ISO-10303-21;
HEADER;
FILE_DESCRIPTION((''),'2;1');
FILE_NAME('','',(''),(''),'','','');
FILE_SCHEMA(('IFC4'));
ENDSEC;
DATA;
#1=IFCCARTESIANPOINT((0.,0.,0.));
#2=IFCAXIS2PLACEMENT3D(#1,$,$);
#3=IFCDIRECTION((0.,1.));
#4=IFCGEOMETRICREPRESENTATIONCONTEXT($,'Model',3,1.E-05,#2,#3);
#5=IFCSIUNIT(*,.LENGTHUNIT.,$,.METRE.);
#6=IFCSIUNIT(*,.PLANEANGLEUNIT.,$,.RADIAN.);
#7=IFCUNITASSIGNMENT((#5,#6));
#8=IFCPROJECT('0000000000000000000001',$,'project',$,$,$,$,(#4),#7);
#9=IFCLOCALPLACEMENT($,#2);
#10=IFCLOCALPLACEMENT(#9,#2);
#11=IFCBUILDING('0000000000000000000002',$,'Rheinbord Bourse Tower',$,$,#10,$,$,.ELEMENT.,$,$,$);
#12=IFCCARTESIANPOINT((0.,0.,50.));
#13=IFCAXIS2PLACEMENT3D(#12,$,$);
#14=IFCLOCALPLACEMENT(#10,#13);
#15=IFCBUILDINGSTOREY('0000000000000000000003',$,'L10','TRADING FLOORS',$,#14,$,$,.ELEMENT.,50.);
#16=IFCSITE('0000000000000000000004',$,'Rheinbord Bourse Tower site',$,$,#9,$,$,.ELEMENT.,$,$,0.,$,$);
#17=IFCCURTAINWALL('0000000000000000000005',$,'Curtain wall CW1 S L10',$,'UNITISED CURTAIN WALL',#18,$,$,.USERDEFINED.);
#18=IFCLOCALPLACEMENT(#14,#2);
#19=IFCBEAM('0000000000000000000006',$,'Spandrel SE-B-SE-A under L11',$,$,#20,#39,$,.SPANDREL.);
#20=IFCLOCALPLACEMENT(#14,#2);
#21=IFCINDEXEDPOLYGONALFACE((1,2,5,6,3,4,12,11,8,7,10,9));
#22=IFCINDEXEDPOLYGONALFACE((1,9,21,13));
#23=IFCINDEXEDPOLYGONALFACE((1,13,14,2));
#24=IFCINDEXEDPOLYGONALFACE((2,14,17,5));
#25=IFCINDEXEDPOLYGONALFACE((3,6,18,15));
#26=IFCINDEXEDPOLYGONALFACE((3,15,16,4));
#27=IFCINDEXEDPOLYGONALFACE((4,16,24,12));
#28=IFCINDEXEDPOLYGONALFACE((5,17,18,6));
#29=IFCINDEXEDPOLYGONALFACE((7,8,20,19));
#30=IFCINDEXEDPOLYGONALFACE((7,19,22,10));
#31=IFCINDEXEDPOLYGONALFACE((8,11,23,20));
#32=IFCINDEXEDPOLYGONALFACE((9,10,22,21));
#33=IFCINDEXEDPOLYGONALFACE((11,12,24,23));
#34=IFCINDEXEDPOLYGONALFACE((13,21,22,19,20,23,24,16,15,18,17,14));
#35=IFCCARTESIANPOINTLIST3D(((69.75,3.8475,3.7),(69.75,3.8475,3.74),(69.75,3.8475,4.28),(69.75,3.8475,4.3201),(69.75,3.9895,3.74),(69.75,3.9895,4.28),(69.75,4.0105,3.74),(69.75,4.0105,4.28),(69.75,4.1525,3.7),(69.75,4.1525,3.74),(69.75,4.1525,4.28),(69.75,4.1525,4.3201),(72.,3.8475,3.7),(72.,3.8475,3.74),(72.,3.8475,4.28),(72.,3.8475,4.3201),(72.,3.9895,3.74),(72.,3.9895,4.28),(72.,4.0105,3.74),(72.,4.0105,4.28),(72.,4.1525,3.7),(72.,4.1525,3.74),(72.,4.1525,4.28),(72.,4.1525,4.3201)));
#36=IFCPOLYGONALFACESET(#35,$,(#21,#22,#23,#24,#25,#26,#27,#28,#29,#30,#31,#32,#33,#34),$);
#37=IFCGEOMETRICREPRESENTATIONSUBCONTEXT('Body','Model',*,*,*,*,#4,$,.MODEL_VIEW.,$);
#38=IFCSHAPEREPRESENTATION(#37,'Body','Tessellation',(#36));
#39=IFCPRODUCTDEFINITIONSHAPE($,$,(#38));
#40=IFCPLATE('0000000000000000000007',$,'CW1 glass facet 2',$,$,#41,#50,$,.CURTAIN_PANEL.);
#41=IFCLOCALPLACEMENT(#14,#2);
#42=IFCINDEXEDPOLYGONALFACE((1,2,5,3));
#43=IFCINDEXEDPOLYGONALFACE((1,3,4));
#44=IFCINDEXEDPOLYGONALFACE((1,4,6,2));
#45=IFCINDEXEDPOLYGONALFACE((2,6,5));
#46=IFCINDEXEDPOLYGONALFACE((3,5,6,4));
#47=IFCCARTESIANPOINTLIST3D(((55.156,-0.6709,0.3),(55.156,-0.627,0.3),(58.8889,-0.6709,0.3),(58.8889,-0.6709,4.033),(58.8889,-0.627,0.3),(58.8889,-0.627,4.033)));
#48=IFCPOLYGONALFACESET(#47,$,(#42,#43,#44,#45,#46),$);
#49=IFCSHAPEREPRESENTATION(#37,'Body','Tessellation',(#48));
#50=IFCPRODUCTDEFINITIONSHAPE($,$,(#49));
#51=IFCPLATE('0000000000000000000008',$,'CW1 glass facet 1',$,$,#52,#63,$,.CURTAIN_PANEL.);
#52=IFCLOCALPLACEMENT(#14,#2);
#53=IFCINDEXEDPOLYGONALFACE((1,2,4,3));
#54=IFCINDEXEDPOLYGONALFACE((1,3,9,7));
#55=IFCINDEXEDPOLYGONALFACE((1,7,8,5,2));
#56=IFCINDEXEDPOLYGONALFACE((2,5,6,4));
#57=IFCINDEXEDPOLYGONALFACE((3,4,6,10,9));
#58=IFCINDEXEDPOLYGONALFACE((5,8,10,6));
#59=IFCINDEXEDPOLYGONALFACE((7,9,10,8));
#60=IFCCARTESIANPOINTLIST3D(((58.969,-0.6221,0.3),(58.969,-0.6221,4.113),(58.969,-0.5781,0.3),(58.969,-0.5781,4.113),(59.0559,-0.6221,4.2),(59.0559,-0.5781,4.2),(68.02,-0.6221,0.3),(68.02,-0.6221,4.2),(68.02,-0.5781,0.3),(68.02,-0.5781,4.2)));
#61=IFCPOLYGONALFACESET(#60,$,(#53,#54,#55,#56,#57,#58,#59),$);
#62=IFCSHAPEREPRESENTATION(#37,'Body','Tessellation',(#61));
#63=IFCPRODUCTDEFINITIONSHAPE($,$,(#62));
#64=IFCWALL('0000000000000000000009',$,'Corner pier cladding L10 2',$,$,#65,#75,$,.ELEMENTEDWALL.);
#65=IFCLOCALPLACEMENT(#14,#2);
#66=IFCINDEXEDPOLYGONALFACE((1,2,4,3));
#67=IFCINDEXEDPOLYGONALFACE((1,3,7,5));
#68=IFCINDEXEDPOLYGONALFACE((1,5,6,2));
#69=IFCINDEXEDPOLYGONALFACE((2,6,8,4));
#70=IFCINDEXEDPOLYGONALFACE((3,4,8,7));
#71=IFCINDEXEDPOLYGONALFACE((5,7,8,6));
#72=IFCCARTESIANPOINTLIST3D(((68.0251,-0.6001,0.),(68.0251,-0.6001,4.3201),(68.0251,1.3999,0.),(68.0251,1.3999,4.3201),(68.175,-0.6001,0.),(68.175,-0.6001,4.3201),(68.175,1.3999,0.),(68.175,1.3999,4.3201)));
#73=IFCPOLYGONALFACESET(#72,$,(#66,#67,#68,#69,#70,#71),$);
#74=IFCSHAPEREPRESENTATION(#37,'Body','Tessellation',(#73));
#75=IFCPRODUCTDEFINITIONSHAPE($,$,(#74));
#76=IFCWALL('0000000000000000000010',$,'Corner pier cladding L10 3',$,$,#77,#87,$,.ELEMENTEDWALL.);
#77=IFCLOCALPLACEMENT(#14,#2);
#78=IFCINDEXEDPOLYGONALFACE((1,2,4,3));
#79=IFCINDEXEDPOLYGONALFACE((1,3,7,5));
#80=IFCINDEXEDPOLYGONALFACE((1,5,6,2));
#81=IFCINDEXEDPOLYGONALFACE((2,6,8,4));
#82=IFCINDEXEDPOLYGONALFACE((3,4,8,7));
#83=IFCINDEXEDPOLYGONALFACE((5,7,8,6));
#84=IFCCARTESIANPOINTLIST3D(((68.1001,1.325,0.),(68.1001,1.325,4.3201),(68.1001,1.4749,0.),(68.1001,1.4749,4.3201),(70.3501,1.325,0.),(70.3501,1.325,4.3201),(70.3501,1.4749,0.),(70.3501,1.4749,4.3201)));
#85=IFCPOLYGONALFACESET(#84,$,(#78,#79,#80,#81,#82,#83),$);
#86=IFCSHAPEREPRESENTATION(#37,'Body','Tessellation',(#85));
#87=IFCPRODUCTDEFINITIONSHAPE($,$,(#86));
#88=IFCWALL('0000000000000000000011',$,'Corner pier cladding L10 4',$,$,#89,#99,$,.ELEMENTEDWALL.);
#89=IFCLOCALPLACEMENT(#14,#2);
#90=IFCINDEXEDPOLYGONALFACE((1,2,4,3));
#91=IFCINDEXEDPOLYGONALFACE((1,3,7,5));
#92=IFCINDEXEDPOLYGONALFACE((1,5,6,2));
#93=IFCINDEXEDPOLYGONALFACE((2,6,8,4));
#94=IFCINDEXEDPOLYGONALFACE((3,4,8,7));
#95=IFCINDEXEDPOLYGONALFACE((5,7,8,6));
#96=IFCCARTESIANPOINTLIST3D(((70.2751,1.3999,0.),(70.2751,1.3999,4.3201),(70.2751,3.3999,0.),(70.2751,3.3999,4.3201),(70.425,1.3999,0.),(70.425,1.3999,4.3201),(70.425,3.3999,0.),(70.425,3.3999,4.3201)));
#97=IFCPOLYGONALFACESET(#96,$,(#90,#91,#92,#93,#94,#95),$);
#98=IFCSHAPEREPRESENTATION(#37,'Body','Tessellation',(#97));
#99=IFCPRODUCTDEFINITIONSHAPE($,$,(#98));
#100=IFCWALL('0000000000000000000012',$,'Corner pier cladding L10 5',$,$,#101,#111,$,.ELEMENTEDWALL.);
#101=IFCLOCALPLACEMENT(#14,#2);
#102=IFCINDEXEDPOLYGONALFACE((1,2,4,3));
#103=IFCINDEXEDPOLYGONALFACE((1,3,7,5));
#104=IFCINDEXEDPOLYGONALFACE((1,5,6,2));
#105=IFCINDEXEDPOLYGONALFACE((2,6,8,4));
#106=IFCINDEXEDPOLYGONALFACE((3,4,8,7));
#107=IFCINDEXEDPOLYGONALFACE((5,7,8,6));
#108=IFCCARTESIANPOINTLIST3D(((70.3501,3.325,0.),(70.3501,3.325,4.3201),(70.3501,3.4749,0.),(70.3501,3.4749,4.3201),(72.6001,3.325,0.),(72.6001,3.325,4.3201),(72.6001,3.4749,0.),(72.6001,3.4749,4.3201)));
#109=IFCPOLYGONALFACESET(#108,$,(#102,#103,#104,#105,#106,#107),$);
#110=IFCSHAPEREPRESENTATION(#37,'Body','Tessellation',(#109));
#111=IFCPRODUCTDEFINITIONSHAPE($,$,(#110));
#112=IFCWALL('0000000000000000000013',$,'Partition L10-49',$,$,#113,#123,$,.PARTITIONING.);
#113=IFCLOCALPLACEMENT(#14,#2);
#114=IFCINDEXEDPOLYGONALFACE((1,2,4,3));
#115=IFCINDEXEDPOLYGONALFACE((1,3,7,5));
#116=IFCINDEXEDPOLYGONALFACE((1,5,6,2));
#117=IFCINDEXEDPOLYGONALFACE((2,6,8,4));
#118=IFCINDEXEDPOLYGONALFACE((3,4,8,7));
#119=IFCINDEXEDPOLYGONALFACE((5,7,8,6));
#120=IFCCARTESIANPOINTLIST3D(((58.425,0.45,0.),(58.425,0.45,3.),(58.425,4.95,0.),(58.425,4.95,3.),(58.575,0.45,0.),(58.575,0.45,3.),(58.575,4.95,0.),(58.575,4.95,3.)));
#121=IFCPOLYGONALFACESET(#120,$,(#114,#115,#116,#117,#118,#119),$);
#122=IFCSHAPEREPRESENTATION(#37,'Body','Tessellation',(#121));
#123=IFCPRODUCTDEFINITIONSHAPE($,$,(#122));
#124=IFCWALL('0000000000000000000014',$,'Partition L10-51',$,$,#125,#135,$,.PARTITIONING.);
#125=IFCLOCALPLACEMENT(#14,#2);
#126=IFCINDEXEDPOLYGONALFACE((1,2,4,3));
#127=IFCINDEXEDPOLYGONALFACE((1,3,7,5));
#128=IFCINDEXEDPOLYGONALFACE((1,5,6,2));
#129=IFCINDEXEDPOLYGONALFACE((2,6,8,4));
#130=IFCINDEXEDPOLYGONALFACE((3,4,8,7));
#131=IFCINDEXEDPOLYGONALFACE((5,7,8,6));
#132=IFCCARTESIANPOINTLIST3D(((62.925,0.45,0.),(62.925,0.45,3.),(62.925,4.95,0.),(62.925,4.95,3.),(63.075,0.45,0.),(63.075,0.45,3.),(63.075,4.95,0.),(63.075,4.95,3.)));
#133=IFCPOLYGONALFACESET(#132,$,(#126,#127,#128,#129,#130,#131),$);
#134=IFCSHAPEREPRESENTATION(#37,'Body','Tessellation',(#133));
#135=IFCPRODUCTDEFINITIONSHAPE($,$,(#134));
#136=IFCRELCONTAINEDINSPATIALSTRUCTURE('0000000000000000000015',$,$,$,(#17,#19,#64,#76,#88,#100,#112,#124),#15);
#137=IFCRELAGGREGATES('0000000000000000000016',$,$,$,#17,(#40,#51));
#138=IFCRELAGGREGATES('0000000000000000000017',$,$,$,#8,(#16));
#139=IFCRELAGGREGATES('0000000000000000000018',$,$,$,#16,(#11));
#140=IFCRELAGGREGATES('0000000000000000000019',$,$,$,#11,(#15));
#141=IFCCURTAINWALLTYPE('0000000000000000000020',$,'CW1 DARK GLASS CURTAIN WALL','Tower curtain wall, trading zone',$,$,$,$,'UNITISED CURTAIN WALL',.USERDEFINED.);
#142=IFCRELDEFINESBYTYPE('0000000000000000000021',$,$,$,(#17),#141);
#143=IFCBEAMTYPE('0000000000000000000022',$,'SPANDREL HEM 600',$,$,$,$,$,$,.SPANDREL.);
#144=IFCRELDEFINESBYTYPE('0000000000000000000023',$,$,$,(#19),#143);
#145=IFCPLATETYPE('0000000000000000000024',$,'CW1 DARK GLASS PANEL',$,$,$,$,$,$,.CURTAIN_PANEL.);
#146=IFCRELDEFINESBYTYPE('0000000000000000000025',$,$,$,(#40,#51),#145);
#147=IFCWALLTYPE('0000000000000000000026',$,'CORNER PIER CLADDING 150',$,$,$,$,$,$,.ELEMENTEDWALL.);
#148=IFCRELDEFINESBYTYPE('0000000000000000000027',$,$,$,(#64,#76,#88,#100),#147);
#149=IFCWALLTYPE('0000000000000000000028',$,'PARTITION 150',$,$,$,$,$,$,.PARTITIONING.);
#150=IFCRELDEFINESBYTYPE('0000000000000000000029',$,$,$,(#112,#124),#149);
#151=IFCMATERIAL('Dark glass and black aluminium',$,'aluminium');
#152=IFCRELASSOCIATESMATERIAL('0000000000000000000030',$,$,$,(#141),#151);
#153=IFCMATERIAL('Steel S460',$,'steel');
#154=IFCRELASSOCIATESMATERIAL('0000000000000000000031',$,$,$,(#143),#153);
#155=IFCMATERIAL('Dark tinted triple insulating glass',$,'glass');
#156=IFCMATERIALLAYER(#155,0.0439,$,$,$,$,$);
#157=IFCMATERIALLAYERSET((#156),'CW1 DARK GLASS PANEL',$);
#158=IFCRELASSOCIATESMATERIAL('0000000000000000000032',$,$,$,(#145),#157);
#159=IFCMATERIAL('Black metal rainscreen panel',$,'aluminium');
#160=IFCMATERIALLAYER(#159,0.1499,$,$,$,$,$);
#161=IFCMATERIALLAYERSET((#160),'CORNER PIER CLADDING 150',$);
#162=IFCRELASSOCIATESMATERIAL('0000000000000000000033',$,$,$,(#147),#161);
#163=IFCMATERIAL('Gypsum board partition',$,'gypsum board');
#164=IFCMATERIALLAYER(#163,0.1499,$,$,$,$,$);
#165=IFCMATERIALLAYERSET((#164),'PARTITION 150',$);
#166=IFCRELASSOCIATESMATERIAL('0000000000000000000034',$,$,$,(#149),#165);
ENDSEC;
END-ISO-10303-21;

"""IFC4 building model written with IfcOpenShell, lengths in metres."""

from ifc_helpers import new_model, si_unit, direction, frame, frame_2d, origin, origin_2d, place, context, subcontext, project, spatial, polyline, rectangle, i_section, outline, extrude, material, layer, layer_set, material_profile, profile_set, type_object, element, aggregate, save


model = new_model("IFC4")

# Units and contexts
model_context = context("Model", 3, precision=1e-05, world=origin(), true_north=direction((0.0, 1.0)))
body_context = subcontext(model_context, "Body", "Model", "MODEL_VIEW")
ifc_project = project(units=[si_unit("LENGTHUNIT", "METRE"), si_unit("PLANEANGLEUNIT", "RADIAN")], contexts=[model_context])

# Site, building, storey
site_placement = place(None, origin())
site = spatial("IfcSite", under=ifc_project, at=site_placement, Name="Rheinbord Bourse Tower site", CompositionType="ELEMENT", RefElevation=0.0)
building_placement = place(site_placement, origin())
building = spatial("IfcBuilding", under=site, at=building_placement, Name="Rheinbord Bourse Tower", CompositionType="ELEMENT")
storey_placement = place(building_placement, frame((0.0, 0.0, 50.0)))
storey = spatial("IfcBuildingStorey", under=building, at=storey_placement, Name="L10", Description="TRADING FLOORS", CompositionType="ELEMENT", Elevation=50.0)

# Curtain wall
ifc_material_1 = material(Name="Dark glass and black aluminium", Category="aluminium")
curtain_wall_type = type_object("IfcCurtainWallType", Name="CW1 DARK GLASS CURTAIN WALL", Description="Tower curtain wall, trading zone", ElementType="UNITISED CURTAIN WALL", PredefinedType="USERDEFINED", material=ifc_material_1)
curtain_wall_1_placement = place(storey_placement, origin())
curtain_wall_1 = element("IfcCurtainWall", 1, at=curtain_wall_1_placement, inside=storey, type_object=curtain_wall_type, Name="Curtain wall CW1 S L10", ObjectType="UNITISED CURTAIN WALL", PredefinedType="USERDEFINED")

# Beam
ifc_material_2 = material(Name="Steel S460", Category="steel")
ifc_material_profile_1 = material_profile(ifc_material_2, i_section(OverallWidth=0.3049, OverallDepth=0.6201, WebThickness=0.021, FlangeThickness=0.04, at=origin_2d()), Name="HEM 600")
ifc_profile_set_1 = profile_set([ifc_material_profile_1], Name="Steel S460")
beam_type_1 = type_object("IfcBeamType", Name="SPANDREL HEM 600", PredefinedType="SPANDREL", material=ifc_profile_set_1)
beam_1_placement = place(storey_placement, frame((69.75, 4.0, 4.01), z_axis=(1.0, 0.0, 0.0), x_axis=(0.0, 1.0, 0.0)))
element("IfcBeam", 2, at=beam_1_placement, inside=storey, type_object=beam_type_1, Name="Spandrel SE-B-SE-A under L11", PredefinedType="SPANDREL", context=body_context, shape_type="SweptSolid", body=[
    extrude(i_section(OverallWidth=0.3049, OverallDepth=0.6201, WebThickness=0.021, FlangeThickness=0.04, at=origin_2d()), origin(), (0.0, 0.0, 1.0), 2.25),
])

# Plates
ifc_material_3 = material(Name="Dark tinted triple insulating glass", Category="glass")
ifc_layer_1 = layer(ifc_material_3, 0.0439)
ifc_layer_set_1 = layer_set([ifc_layer_1], Name="CW1 DARK GLASS PANEL")
plate_type = type_object("IfcPlateType", Name="CW1 DARK GLASS PANEL", PredefinedType="CURTAIN_PANEL", material=ifc_layer_set_1)
plate_1_placement = place(storey_placement, frame((58.8889, -0.6709, 0.3), z_axis=(0.0, 1.0, 0.0), x_axis=(-1.0, 0.0, 0.0)))
plate_1 = element("IfcPlate", 3, at=plate_1_placement, type_object=plate_type, Name="CW1 glass facet 2", PredefinedType="CURTAIN_PANEL", context=body_context, shape_type="SweptSolid", body=[
    extrude(outline(polyline([(0.0, 0.0), (3.7329, 0.0), (0.0, 3.7329), (0.0, 0.0)])), origin(), (0.0, 0.0, 1.0), 0.0439),
])
plate_2_placement = place(storey_placement, frame((68.02, -0.6221, 4.2), z_axis=(0.0, 1.0, 0.0), x_axis=(0.0, 0.0, -1.0)))
plate_2 = element("IfcPlate", 4, at=plate_2_placement, type_object=plate_type, Name="CW1 glass facet 1", PredefinedType="CURTAIN_PANEL", context=body_context, shape_type="SweptSolid", body=[
    extrude(outline(polyline([(0.0, 0.0), (3.8999, 0.0), (3.8999, 9.051), (0.0869, 9.051), (0.0, 8.9641), (0.0, 0.0)])), origin(), (0.0, 0.0, 1.0), 0.0439),
])
aggregate(curtain_wall_1, [plate_1, plate_2])

# Walls
ifc_material_4 = material(Name="Black metal rainscreen panel", Category="aluminium")
ifc_layer_2 = layer(ifc_material_4, 0.1499)
ifc_layer_set_2 = layer_set([ifc_layer_2], Name="CORNER PIER CLADDING 150")
wall_type_1 = type_object("IfcWallType", Name="CORNER PIER CLADDING 150", PredefinedType="ELEMENTEDWALL", material=ifc_layer_set_2)
wall_1_placement = place(storey_placement, frame((68.1001, -0.6001, 0.0), z_axis=(0.0, 0.0, 1.0), x_axis=(0.0, 1.0, 0.0)))
element("IfcWall", 5, at=wall_1_placement, inside=storey, type_object=wall_type_1, Name="Corner pier cladding L10 2", PredefinedType="ELEMENTEDWALL", context=body_context, shape_type="SweptSolid", body=[
    extrude(rectangle(XDim=2.0, YDim=0.1499, at=frame_2d((1.0, 0.0))), origin(), (0.0, 0.0, 1.0), 4.3201),
])
wall_2_placement = place(storey_placement, frame((68.1001, 1.3999, 0.0), z_axis=(0.0, 0.0, 1.0), x_axis=(1.0, 0.0, 0.0)))
element("IfcWall", 6, at=wall_2_placement, inside=storey, type_object=wall_type_1, Name="Corner pier cladding L10 3", PredefinedType="ELEMENTEDWALL", context=body_context, shape_type="SweptSolid", body=[
    extrude(rectangle(XDim=2.25, YDim=0.1499, at=frame_2d((1.125, 0.0))), origin(), (0.0, 0.0, 1.0), 4.3201),
])
wall_3_placement = place(storey_placement, frame((70.3501, 1.3999, 0.0), z_axis=(0.0, 0.0, 1.0), x_axis=(0.0, 1.0, 0.0)))
element("IfcWall", 7, at=wall_3_placement, inside=storey, type_object=wall_type_1, Name="Corner pier cladding L10 4", PredefinedType="ELEMENTEDWALL", context=body_context, shape_type="SweptSolid", body=[
    extrude(rectangle(XDim=2.0, YDim=0.1499, at=frame_2d((1.0, 0.0))), origin(), (0.0, 0.0, 1.0), 4.3201),
])
wall_4_placement = place(storey_placement, frame((70.3501, 3.3999, 0.0), z_axis=(0.0, 0.0, 1.0), x_axis=(1.0, 0.0, 0.0)))
element("IfcWall", 8, at=wall_4_placement, inside=storey, type_object=wall_type_1, Name="Corner pier cladding L10 5", PredefinedType="ELEMENTEDWALL", context=body_context, shape_type="SweptSolid", body=[
    extrude(rectangle(XDim=2.25, YDim=0.1499, at=frame_2d((1.125, 0.0))), origin(), (0.0, 0.0, 1.0), 4.3201),
])
ifc_material_5 = material(Name="Gypsum board partition", Category="gypsum board")
ifc_layer_3 = layer(ifc_material_5, 0.1499)
ifc_layer_set_3 = layer_set([ifc_layer_3], Name="PARTITION 150")
wall_type_2 = type_object("IfcWallType", Name="PARTITION 150", PredefinedType="PARTITIONING", material=ifc_layer_set_3)
for number, where, z_axis, x_axis, name in (
    (9, (58.5, 0.45, 0.0), (0.0, 0.0, 1.0), (0.0, 1.0, 0.0), "Partition L10-49"),
    (10, (63.0, 0.45, 0.0), (0.0, 0.0, 1.0), (0.0, 1.0, 0.0), "Partition L10-51"),
):
    element("IfcWall", number, at=place(storey_placement, frame(where, z_axis=z_axis, x_axis=x_axis)), inside=storey, type_object=wall_type_2, Name=name, PredefinedType="PARTITIONING", context=body_context, shape_type="SweptSolid", body=[
        extrude(rectangle(XDim=4.5, YDim=0.1499, at=frame_2d((2.25, 0.0))), origin(), (0.0, 0.0, 1.0), 3.0),
    ])

save(model, "model.ifc")
